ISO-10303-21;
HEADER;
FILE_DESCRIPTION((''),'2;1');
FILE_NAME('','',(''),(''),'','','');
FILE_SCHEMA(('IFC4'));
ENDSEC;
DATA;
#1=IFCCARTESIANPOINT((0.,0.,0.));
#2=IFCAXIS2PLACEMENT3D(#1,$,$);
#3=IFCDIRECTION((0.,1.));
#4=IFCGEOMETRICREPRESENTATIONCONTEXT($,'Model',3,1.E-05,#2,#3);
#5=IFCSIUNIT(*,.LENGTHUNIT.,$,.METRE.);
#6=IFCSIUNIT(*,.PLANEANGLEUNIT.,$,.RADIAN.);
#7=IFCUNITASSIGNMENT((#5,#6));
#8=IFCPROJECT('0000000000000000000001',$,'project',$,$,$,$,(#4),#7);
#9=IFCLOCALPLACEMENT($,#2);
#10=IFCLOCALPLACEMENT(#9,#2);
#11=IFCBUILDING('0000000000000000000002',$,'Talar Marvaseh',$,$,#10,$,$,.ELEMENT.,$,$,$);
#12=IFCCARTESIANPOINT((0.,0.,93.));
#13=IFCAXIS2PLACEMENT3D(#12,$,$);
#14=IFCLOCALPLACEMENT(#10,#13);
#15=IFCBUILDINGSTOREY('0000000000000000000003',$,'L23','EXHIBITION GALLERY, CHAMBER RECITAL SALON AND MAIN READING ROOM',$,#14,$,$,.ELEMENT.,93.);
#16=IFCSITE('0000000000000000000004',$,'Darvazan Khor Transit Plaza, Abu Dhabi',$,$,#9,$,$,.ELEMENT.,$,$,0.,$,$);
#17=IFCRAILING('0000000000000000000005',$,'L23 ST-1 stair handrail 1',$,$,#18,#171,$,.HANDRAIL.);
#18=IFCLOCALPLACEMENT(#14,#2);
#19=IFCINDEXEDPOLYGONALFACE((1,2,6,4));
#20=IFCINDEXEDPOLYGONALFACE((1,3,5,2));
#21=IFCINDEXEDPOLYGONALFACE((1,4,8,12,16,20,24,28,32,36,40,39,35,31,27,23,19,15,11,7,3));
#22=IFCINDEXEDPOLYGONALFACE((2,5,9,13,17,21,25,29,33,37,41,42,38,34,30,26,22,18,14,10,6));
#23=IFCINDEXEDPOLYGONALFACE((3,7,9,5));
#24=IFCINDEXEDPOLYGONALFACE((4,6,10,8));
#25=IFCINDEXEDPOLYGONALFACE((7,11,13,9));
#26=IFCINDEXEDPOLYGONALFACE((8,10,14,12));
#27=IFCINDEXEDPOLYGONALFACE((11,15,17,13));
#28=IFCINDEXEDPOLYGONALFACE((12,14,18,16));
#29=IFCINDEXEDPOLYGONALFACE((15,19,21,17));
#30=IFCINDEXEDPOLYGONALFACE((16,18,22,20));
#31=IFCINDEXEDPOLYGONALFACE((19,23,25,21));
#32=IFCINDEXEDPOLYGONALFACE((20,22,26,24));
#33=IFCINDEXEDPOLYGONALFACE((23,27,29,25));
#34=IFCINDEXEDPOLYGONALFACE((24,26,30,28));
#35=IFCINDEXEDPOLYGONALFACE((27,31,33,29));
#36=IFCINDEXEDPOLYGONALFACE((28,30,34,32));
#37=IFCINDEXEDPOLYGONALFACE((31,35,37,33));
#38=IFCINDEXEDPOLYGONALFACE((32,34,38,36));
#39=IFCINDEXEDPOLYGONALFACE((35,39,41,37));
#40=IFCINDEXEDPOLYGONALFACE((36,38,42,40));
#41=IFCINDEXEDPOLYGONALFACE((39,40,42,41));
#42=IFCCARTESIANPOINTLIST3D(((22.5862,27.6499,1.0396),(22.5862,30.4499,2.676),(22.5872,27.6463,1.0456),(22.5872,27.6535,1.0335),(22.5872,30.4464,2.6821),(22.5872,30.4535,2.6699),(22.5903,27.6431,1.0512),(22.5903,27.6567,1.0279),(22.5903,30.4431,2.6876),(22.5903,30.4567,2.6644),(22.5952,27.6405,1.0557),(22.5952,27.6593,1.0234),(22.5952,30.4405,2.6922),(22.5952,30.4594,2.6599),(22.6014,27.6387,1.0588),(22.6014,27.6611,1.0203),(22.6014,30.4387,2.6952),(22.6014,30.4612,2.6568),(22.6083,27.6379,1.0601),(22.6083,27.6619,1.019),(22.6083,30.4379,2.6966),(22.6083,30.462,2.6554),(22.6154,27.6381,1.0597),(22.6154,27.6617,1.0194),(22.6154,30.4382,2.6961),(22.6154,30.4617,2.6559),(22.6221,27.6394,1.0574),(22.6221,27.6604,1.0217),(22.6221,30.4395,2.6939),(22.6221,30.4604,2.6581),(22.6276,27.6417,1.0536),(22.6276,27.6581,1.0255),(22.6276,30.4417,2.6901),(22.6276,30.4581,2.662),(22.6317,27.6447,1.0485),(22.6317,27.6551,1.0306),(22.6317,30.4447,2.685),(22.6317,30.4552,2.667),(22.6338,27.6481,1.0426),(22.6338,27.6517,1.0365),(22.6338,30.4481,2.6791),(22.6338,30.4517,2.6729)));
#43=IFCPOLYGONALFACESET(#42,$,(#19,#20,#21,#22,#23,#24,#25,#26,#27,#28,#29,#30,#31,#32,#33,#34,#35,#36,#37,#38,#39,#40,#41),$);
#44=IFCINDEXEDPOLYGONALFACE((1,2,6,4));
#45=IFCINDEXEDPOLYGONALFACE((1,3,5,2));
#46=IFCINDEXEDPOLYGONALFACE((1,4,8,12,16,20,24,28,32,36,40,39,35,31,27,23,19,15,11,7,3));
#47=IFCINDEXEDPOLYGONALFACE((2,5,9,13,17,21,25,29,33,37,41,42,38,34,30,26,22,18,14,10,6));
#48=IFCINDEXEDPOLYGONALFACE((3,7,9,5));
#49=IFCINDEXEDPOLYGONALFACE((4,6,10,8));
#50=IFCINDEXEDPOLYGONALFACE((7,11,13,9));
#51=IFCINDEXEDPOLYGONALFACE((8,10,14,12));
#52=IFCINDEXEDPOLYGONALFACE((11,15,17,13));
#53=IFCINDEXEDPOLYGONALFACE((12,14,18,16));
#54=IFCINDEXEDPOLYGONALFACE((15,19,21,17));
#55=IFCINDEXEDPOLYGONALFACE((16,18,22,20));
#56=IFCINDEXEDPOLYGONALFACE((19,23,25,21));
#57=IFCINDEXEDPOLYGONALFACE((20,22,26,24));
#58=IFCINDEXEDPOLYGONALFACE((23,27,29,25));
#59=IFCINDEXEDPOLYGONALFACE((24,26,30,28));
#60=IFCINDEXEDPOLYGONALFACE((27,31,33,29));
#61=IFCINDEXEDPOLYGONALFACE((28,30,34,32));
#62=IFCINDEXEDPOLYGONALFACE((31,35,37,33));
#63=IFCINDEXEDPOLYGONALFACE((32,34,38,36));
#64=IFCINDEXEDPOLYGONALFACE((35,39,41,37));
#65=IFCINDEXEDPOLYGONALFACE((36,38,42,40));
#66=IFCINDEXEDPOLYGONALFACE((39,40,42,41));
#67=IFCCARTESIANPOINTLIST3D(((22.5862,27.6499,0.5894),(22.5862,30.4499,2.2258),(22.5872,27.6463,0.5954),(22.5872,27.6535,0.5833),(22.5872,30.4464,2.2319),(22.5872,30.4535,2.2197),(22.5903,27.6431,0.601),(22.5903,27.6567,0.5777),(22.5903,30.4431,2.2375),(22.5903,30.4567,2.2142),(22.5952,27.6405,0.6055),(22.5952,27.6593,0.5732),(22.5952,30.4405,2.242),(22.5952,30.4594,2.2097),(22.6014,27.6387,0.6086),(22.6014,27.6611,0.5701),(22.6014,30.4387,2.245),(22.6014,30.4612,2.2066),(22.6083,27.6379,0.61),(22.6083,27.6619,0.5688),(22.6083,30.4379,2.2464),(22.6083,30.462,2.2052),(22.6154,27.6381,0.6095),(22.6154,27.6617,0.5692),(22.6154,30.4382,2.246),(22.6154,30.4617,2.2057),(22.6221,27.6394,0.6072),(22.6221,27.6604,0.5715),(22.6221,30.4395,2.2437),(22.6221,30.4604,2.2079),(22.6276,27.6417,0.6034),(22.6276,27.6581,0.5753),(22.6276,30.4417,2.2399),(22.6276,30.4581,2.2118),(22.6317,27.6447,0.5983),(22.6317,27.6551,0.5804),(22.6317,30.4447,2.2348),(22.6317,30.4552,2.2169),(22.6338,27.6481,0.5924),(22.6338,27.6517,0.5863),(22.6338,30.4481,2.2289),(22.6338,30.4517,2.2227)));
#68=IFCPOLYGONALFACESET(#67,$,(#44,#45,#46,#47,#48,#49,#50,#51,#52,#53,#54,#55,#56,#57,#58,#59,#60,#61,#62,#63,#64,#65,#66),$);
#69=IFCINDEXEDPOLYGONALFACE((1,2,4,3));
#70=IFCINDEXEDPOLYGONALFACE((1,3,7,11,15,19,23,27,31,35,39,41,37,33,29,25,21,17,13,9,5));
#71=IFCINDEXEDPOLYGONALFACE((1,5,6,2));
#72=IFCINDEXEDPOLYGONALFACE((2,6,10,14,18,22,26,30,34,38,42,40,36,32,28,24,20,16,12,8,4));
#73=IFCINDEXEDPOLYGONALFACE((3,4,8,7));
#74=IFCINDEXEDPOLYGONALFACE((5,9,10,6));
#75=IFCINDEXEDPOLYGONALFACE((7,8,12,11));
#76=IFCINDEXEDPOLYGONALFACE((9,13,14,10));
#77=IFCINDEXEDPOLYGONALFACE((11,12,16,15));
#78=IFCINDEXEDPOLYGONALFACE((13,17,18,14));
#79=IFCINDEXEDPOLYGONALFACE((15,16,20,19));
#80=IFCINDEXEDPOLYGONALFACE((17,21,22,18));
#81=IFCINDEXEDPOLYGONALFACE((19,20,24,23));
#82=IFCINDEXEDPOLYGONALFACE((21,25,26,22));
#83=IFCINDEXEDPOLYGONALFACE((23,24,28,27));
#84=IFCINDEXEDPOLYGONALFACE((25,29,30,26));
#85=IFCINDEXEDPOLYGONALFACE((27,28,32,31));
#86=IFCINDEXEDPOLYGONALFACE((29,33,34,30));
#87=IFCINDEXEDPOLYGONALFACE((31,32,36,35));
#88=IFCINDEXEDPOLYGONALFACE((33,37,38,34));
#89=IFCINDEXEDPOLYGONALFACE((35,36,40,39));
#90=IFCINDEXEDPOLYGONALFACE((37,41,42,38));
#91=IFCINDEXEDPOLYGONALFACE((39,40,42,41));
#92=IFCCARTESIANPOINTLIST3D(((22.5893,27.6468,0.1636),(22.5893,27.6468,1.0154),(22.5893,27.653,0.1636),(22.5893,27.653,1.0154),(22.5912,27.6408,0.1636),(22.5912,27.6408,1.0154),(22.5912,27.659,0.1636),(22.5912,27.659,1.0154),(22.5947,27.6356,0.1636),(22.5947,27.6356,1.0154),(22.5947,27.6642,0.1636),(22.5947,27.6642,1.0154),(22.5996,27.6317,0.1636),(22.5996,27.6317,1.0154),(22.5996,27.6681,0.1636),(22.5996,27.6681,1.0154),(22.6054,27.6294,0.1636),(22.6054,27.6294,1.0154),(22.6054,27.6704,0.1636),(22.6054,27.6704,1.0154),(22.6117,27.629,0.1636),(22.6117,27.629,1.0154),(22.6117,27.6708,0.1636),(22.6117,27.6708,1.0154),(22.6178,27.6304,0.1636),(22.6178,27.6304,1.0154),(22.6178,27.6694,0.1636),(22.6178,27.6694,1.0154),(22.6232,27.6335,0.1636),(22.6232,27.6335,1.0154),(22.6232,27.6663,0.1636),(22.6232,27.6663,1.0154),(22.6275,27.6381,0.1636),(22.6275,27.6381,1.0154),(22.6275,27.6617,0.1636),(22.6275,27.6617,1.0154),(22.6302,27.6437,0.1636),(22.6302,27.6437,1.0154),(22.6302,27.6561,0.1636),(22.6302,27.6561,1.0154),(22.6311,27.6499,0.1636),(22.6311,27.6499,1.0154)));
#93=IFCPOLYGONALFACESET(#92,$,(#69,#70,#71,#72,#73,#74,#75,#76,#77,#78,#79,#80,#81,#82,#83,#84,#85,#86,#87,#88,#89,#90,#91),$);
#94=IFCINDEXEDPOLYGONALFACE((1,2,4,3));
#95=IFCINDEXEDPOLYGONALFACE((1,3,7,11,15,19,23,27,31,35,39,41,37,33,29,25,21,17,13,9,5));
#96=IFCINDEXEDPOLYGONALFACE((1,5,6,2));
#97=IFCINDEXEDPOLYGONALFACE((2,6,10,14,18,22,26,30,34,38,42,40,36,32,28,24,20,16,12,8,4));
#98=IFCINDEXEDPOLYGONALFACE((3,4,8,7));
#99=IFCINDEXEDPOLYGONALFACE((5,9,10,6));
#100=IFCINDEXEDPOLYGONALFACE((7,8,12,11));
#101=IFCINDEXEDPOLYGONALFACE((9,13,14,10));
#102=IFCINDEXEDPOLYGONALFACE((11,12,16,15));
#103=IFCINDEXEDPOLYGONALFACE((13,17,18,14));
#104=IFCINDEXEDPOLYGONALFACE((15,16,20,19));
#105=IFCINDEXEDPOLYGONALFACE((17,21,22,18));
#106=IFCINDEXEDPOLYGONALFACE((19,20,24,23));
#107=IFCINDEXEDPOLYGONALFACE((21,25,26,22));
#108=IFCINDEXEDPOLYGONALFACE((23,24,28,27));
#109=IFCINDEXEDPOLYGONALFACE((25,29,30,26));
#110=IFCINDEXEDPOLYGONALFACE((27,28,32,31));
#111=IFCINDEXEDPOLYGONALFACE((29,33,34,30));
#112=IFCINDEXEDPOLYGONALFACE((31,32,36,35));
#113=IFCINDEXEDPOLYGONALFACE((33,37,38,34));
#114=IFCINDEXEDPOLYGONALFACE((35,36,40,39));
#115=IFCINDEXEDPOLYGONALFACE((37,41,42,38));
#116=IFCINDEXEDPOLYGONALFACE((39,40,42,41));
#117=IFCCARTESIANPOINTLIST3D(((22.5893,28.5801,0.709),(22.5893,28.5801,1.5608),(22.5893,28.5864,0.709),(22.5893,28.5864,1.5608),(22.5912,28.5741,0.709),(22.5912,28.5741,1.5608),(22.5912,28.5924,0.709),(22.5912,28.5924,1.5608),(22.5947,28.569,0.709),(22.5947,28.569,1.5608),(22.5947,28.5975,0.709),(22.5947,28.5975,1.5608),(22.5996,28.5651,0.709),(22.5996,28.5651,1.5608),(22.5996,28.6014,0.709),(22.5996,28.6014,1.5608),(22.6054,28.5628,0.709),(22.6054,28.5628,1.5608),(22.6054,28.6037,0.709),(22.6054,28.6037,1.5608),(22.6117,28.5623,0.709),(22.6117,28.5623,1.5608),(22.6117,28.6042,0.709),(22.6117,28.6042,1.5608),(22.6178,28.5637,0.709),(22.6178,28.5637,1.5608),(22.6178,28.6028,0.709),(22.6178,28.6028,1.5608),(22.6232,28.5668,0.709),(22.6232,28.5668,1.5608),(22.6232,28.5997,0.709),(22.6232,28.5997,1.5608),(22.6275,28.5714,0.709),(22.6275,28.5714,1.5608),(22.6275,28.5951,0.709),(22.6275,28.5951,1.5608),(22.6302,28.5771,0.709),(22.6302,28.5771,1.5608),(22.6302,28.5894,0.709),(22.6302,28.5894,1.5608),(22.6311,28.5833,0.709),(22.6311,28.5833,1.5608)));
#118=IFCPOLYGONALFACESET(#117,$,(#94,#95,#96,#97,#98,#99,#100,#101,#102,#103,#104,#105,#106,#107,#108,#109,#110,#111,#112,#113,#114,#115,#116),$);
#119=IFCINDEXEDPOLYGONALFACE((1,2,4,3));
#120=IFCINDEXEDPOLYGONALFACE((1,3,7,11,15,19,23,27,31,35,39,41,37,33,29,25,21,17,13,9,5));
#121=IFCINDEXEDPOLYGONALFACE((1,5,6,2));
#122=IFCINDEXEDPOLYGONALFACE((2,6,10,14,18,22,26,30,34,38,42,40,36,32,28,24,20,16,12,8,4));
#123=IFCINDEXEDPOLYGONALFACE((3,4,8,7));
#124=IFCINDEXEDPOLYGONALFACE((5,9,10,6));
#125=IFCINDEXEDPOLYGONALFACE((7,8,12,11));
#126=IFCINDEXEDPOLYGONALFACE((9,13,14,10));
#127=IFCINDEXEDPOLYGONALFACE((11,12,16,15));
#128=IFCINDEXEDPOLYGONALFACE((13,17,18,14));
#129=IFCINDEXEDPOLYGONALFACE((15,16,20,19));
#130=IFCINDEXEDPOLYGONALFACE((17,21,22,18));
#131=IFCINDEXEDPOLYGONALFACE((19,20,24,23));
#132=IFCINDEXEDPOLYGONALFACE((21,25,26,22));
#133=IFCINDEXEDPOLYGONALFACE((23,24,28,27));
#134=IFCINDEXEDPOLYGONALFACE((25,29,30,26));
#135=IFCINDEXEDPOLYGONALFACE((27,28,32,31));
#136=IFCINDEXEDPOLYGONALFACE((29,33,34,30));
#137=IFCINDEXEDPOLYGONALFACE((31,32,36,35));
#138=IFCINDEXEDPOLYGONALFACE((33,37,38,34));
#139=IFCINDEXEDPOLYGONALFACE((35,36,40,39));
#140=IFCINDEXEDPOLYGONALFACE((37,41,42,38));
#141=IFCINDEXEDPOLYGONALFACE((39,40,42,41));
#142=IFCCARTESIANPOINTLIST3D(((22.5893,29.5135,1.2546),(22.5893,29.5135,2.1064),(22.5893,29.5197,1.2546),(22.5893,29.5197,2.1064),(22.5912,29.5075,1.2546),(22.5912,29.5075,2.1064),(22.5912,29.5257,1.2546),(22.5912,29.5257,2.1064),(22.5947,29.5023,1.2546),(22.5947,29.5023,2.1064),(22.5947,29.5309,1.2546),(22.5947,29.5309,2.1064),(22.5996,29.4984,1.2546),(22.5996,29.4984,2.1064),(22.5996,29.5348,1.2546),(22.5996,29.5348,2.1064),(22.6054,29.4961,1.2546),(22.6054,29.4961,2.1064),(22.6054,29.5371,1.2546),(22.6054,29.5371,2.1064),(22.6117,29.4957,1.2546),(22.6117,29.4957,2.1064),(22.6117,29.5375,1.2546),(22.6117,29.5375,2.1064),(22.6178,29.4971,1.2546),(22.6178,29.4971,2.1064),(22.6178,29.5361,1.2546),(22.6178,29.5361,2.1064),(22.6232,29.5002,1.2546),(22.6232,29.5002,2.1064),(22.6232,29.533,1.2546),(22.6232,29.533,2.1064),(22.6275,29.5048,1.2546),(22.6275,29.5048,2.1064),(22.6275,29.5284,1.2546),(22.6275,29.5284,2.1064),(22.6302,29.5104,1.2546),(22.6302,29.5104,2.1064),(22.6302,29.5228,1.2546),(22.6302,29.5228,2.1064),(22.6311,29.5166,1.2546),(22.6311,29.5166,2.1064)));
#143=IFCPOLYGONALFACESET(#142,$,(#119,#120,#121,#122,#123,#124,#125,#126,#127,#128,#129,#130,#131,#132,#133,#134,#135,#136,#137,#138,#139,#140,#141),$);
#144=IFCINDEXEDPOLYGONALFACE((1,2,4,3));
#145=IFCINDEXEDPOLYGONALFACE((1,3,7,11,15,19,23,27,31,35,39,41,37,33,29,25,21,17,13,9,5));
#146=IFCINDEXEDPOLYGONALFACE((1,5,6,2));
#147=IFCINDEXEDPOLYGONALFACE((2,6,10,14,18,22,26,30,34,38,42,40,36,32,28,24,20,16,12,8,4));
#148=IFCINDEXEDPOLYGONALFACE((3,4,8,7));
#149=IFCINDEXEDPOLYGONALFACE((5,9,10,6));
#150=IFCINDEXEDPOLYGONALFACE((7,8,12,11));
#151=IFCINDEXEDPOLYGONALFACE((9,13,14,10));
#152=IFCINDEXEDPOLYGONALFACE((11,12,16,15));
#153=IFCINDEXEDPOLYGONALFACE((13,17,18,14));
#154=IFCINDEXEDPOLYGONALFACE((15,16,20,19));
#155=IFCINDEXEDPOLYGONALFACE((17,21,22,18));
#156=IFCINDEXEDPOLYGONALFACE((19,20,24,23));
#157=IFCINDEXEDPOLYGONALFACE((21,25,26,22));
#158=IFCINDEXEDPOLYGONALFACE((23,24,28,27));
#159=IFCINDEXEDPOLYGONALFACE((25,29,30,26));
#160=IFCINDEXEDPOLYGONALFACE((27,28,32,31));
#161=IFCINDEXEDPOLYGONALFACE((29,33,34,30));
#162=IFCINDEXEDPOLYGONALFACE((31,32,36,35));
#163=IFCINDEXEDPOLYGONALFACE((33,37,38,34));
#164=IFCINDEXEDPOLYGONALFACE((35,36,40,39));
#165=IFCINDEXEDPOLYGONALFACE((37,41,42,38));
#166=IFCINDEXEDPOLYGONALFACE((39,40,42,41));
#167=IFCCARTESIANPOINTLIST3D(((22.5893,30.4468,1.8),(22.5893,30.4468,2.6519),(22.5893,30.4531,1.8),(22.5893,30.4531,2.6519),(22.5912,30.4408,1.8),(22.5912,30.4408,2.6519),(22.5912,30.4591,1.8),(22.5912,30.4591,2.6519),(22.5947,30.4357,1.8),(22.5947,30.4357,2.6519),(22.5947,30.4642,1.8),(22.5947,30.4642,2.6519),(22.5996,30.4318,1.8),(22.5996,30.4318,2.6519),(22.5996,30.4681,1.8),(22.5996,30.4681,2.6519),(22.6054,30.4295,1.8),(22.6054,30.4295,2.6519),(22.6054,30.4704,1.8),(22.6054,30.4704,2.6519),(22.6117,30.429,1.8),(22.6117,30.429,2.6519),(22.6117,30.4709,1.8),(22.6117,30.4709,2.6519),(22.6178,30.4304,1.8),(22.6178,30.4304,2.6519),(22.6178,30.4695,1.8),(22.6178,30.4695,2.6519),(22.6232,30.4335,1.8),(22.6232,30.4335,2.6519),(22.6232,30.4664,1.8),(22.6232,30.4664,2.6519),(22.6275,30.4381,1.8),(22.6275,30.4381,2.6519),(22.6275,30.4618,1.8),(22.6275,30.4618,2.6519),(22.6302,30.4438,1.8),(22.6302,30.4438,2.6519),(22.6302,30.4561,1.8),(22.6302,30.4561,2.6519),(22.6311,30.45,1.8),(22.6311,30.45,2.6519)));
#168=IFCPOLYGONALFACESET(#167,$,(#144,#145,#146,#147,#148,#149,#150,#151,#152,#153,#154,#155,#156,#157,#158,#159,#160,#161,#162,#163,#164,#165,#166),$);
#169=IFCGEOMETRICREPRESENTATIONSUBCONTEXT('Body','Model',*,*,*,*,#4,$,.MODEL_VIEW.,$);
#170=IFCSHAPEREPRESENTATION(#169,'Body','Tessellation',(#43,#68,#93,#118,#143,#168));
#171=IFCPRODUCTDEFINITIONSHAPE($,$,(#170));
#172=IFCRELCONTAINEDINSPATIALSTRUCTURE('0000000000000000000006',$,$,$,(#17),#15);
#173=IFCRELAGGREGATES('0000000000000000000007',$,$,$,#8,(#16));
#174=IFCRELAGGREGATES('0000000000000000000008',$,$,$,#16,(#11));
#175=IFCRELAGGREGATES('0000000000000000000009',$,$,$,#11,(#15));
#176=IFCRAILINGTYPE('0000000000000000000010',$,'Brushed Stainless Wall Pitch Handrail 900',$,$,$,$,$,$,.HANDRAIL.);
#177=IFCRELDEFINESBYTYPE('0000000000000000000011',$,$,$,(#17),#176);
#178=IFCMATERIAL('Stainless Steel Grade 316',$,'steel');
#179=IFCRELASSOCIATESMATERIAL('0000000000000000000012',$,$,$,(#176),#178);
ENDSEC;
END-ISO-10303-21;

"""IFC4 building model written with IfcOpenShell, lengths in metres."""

from ifc_helpers import new_model, si_unit, direction, frame, origin, origin_2d, place, context, subcontext, project, spatial, circle, extrude, material, type_object, element, save


model = new_model("IFC4")

# Units and contexts
model_context = context("Model", 3, precision=1e-05, world=origin(), true_north=direction((0.0, 1.0)))
body_context = subcontext(model_context, "Body", "Model", "MODEL_VIEW")
ifc_project = project(units=[si_unit("LENGTHUNIT", "METRE"), si_unit("PLANEANGLEUNIT", "RADIAN")], contexts=[model_context])

# Site, building, storey
site_placement = place(None, origin())
site = spatial("IfcSite", under=ifc_project, at=site_placement, Name="Darvazan Khor Transit Plaza, Abu Dhabi", CompositionType="ELEMENT", RefElevation=0.0)
building_placement = place(site_placement, origin())
building = spatial("IfcBuilding", under=site, at=building_placement, Name="Talar Marvaseh", CompositionType="ELEMENT")
storey_placement = place(building_placement, frame((0.0, 0.0, 93.0)))
storey = spatial("IfcBuildingStorey", under=building, at=storey_placement, Name="L23", Description="EXHIBITION GALLERY, CHAMBER RECITAL SALON AND MAIN READING ROOM", CompositionType="ELEMENT", Elevation=93.0)

# Railing
ifc_material_1 = material(Name="Stainless Steel Grade 316", Category="steel")
railing_type_1 = type_object("IfcRailingType", Name="Brushed Stainless Wall Pitch Handrail 900", PredefinedType="HANDRAIL", material=ifc_material_1)
railing_1_placement = place(storey_placement, frame((22.6101, 27.6499, 0.1636)))
element("IfcRailing", 1, at=railing_1_placement, inside=storey, type_object=railing_type_1, Name="L23 ST-1 stair handrail 1", PredefinedType="HANDRAIL", context=body_context, shape_type="SweptSolid", body=[
    extrude(circle(Radius=0.0239, at=origin_2d()), frame((0.0, 0.0, 0.876), z_axis=(0.0, 0.863361, 0.504587), x_axis=(-1.0, 0.0, 0.0)), (0.0, 0.0, 1.0), 3.2432),
    extrude(circle(Radius=0.0239, at=origin_2d()), frame((0.0, 0.0, 0.4258), z_axis=(0.0, 0.863361, 0.504587), x_axis=(-1.0, 0.0, 0.0)), (0.0, 0.0, 1.0), 3.2432),
    extrude(circle(Radius=0.021, at=origin_2d()), origin(), (0.0, 0.0, 1.0), 0.8518),
    extrude(circle(Radius=0.021, at=origin_2d()), frame((0.0, 0.9333, 0.5454)), (0.0, 0.0, 1.0), 0.8518),
    extrude(circle(Radius=0.021, at=origin_2d()), frame((0.0, 1.8667, 1.0911)), (0.0, 0.0, 1.0), 0.8518),
    extrude(circle(Radius=0.021, at=origin_2d()), frame((0.0, 2.8, 1.6365)), (0.0, 0.0, 1.0), 0.8518),
])

save(model, "model.ifc")
